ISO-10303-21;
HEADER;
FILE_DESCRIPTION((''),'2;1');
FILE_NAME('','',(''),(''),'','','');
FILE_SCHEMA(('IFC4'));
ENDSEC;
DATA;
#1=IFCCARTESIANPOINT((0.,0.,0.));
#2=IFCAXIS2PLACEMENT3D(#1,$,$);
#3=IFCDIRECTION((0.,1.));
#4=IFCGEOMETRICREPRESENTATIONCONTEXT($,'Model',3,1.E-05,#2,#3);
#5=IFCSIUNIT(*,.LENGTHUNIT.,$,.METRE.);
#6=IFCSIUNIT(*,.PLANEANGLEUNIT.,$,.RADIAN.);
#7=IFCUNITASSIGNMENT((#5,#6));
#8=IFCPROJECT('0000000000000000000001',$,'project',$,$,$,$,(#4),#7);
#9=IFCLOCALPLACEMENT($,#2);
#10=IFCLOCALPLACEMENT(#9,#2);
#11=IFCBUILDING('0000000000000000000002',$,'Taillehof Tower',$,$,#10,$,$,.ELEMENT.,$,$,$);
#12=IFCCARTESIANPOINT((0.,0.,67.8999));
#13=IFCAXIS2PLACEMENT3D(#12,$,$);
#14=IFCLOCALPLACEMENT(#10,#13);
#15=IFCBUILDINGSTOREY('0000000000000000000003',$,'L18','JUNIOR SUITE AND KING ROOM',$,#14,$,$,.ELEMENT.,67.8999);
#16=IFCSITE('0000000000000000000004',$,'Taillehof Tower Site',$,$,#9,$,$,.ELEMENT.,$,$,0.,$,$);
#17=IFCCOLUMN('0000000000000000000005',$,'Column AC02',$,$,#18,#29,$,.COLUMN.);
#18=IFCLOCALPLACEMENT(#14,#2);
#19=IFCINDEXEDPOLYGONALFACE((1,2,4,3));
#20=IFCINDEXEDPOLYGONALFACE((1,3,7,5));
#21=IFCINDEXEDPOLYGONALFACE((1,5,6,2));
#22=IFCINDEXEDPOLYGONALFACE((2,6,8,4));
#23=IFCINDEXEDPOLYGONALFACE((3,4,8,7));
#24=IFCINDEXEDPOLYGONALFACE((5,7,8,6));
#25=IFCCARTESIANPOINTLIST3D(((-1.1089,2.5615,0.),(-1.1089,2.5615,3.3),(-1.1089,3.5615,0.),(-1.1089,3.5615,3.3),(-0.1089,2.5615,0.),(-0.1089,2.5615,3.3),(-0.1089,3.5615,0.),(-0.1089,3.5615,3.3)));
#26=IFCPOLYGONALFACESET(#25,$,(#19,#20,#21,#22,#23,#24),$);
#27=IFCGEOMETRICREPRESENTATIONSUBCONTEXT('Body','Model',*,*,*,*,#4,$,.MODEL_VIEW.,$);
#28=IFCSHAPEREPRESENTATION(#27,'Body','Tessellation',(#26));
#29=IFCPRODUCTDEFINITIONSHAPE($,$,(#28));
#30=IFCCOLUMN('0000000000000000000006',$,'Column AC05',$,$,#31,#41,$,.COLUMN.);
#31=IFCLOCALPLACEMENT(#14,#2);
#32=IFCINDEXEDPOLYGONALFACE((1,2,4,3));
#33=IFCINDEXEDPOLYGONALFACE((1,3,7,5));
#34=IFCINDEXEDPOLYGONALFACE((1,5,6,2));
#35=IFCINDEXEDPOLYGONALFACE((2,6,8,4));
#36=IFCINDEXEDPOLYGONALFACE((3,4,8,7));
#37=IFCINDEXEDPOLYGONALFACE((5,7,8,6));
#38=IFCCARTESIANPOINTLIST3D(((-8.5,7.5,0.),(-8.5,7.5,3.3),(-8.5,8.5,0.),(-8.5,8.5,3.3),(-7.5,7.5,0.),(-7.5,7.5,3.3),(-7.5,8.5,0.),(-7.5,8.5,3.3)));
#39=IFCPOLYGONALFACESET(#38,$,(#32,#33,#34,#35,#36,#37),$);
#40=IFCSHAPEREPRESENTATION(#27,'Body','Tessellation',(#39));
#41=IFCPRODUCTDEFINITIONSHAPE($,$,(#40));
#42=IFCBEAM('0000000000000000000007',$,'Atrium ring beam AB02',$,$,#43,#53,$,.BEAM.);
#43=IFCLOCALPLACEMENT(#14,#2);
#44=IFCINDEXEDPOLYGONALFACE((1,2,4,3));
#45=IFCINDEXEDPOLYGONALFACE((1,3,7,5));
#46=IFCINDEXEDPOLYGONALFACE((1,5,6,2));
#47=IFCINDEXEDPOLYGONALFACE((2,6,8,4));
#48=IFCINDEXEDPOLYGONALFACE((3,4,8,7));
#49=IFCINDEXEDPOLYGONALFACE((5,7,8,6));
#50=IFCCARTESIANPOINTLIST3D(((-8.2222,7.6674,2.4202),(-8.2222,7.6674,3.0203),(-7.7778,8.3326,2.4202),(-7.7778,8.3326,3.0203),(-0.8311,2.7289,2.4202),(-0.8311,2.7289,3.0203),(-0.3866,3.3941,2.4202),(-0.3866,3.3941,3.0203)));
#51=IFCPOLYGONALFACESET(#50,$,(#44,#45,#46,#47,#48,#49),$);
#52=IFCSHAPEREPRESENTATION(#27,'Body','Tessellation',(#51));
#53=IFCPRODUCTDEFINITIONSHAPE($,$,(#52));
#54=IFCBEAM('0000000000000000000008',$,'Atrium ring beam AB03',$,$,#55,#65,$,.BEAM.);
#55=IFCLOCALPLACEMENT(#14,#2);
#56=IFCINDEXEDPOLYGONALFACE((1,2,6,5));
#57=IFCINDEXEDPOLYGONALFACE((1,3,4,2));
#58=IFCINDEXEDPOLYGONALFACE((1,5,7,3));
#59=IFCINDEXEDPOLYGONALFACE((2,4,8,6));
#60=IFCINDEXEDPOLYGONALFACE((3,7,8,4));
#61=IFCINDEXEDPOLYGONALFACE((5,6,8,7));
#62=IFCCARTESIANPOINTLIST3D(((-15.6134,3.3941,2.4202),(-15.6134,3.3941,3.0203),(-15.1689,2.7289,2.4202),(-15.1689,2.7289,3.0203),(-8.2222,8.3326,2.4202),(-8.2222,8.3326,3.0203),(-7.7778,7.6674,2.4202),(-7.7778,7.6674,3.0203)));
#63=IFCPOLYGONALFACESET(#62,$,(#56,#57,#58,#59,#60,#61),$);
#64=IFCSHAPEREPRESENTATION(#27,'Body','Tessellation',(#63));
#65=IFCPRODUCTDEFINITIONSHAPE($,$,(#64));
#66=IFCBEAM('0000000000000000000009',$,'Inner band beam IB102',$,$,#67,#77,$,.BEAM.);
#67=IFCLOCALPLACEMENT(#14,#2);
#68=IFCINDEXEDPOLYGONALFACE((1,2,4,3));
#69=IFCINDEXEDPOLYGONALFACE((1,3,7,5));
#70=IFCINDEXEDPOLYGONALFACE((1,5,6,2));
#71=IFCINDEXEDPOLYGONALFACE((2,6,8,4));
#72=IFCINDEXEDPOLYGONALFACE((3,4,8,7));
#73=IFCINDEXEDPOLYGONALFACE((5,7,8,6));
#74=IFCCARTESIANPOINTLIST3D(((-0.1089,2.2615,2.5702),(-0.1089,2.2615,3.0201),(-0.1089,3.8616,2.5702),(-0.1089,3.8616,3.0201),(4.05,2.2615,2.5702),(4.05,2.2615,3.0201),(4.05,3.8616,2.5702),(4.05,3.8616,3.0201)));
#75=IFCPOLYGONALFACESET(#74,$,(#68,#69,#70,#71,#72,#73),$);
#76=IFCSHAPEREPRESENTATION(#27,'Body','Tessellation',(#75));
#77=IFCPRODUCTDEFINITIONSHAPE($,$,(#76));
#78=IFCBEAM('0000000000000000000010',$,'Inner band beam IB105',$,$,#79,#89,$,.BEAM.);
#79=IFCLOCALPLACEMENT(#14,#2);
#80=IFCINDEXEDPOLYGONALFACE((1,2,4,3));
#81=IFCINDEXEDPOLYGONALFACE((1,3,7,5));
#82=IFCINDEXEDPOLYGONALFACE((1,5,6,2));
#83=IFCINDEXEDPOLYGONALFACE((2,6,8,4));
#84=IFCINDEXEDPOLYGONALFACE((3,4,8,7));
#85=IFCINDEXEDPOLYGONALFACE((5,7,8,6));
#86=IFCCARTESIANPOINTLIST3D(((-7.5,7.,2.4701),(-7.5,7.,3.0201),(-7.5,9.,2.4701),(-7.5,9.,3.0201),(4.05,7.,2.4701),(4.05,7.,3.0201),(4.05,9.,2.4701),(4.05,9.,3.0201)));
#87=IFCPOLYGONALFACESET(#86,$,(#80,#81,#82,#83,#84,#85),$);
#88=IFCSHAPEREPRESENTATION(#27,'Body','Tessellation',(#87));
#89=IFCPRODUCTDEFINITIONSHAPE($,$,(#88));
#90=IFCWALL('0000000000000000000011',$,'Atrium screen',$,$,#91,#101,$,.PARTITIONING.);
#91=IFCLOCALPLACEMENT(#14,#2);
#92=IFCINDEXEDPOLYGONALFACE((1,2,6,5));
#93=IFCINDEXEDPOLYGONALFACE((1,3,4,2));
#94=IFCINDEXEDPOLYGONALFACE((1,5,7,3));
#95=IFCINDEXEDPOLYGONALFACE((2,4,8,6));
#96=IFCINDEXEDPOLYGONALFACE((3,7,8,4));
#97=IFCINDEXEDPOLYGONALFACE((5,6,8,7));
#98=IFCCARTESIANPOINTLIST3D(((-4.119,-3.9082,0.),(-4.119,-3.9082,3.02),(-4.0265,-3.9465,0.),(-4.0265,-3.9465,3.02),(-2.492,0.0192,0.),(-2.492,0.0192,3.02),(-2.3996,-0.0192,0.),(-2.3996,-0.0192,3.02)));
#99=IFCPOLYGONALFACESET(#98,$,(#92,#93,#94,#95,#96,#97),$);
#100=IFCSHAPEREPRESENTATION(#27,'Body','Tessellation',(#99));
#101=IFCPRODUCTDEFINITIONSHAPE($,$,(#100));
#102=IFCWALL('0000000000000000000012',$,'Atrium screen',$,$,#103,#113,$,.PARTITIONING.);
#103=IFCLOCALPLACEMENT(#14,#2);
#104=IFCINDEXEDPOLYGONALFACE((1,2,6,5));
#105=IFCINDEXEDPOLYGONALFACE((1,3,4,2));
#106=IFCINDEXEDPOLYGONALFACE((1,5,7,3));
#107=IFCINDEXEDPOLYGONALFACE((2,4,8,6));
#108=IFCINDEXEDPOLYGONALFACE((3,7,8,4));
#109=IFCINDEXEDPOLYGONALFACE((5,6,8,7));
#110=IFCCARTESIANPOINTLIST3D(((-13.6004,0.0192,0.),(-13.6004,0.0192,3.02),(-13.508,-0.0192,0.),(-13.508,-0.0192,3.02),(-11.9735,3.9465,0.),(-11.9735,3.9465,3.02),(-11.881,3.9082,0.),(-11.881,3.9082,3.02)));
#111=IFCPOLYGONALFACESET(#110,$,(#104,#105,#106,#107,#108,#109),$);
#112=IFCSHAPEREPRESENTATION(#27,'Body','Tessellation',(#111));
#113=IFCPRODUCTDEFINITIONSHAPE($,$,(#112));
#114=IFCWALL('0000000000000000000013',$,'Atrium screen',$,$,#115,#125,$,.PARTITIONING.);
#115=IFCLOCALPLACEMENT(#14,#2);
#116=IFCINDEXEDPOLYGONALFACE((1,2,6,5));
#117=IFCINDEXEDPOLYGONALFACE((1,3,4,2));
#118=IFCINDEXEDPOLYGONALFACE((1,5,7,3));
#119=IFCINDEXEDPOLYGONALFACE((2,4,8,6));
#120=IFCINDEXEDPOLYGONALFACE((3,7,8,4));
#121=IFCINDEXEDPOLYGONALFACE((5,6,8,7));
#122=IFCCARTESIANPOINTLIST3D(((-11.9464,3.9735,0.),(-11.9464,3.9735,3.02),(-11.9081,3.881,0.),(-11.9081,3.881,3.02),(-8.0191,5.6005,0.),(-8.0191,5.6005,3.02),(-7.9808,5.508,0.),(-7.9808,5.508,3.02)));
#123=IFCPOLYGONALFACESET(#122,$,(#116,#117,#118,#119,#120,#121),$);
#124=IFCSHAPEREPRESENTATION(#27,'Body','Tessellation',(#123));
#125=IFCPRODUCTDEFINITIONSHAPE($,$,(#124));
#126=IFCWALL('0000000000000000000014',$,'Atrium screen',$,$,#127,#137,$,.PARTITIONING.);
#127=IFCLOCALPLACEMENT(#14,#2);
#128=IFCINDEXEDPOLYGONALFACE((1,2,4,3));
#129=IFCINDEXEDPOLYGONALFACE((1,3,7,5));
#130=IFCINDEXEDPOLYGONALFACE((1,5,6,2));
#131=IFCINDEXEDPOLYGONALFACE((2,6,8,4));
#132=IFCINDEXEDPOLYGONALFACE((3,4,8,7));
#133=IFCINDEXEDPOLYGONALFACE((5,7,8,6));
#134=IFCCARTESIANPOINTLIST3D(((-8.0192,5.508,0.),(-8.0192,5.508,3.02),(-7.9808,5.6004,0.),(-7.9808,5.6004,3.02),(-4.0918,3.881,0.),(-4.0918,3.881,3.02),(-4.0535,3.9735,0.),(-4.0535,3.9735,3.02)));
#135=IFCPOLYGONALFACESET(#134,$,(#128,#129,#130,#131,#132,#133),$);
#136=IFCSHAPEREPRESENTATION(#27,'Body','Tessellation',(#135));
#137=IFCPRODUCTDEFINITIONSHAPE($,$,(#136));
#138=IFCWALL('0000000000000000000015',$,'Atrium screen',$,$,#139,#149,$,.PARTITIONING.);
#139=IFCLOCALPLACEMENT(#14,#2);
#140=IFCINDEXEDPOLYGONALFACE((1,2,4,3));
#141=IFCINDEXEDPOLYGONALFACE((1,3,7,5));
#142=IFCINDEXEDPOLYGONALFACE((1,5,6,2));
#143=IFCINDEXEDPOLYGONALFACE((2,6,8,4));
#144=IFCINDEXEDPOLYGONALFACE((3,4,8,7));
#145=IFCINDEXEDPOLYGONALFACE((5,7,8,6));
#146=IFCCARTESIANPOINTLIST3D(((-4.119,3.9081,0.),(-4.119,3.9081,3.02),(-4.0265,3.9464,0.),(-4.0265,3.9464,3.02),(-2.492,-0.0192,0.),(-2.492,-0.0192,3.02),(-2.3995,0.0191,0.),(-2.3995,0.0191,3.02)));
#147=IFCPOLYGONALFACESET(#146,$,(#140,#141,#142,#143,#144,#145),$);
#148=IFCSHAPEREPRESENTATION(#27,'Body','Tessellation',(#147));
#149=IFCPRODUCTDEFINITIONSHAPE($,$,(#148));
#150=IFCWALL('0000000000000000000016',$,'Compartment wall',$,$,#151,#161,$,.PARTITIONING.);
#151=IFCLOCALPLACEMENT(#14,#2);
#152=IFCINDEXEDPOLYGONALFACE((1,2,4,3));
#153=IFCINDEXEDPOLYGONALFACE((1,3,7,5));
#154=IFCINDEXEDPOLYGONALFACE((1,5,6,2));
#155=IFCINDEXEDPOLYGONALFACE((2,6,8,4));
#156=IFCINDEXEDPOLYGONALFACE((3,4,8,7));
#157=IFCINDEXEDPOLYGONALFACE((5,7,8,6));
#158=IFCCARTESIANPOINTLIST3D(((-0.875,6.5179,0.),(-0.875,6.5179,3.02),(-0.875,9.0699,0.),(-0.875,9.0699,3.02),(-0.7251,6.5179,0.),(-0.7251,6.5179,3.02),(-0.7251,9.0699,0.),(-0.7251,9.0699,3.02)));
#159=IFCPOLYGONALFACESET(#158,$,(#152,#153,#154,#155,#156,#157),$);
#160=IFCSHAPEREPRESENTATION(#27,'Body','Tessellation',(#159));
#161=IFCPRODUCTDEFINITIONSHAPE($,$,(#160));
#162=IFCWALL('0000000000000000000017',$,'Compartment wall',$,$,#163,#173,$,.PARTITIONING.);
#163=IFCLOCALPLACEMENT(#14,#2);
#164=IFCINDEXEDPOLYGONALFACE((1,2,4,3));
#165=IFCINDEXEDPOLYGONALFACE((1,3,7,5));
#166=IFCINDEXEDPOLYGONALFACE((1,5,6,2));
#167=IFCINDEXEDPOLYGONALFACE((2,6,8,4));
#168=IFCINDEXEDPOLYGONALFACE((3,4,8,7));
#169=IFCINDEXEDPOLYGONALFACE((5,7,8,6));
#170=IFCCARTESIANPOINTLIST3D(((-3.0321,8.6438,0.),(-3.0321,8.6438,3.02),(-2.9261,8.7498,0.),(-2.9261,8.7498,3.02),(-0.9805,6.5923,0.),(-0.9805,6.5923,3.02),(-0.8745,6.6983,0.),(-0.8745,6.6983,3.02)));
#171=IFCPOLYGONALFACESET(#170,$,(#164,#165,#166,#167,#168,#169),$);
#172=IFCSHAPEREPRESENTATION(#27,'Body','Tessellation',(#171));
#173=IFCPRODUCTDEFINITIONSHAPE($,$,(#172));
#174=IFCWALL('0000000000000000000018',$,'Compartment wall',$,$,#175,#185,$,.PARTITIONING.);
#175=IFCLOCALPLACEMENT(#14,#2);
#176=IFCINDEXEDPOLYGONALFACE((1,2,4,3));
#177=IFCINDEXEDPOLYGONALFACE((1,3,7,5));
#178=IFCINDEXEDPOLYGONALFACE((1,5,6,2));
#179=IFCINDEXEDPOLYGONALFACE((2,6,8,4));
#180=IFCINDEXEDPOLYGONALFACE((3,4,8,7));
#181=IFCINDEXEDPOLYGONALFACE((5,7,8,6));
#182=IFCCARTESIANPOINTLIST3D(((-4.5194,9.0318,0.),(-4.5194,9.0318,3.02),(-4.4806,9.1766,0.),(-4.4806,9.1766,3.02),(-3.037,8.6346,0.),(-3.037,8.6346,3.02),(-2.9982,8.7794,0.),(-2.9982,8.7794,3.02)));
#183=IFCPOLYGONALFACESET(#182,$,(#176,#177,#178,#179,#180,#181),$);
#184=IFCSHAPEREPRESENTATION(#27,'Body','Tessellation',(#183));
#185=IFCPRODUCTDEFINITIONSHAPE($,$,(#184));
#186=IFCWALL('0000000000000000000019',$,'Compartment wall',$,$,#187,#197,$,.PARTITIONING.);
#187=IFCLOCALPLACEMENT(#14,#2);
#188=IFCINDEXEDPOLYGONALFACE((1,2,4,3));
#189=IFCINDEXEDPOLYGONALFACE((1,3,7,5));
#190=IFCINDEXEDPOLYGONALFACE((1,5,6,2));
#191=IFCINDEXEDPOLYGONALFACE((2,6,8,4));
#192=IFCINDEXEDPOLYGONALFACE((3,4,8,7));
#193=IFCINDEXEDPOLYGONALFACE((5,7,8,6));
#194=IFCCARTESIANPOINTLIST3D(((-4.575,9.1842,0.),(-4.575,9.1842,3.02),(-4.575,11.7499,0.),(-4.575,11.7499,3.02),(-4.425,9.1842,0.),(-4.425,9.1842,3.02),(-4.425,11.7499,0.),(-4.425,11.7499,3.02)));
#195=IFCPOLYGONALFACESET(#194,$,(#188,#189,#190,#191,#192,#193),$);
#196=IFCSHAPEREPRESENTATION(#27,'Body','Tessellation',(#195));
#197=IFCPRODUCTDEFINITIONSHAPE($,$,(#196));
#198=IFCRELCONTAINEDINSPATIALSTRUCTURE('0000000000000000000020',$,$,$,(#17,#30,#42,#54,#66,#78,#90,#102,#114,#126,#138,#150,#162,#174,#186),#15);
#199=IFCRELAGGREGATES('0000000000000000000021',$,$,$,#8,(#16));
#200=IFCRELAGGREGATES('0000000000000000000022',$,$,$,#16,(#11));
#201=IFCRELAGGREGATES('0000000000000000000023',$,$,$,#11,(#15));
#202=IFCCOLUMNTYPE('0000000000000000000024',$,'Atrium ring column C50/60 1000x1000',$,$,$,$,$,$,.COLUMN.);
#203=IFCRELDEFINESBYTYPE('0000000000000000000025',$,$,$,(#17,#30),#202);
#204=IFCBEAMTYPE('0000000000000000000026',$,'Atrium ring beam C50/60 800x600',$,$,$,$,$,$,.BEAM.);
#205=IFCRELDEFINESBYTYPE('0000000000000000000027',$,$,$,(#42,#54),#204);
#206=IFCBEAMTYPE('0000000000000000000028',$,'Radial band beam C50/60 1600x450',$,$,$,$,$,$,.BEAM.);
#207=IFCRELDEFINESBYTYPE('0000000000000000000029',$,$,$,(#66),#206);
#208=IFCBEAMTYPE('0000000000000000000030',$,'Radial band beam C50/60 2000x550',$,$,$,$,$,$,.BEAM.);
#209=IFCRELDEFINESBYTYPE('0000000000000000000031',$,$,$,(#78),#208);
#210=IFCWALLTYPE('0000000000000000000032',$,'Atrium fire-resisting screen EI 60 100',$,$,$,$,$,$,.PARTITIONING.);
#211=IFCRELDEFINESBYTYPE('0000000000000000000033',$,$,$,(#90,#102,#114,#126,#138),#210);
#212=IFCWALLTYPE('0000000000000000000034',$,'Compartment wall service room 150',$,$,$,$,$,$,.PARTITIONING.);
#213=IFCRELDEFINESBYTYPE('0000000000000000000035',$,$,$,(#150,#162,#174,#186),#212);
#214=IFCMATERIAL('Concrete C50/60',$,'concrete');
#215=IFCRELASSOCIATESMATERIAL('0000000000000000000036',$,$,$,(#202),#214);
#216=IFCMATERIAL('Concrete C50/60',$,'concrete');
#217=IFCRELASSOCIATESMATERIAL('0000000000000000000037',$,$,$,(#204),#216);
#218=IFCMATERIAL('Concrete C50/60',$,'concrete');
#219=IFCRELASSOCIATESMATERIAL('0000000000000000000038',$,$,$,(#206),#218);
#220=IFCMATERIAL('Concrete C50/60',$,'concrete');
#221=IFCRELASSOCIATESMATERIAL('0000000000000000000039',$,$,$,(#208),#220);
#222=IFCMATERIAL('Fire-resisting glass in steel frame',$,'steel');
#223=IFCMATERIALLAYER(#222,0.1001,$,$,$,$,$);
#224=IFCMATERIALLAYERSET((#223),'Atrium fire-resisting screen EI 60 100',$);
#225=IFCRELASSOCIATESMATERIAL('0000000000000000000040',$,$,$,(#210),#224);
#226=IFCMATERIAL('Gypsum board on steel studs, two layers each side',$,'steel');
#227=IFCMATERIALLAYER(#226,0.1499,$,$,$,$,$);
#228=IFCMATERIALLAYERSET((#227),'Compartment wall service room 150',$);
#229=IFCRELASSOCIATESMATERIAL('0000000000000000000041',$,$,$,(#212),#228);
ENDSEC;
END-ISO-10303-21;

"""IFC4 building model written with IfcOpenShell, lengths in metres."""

from ifc_helpers import new_model, si_unit, direction, frame, frame_2d, origin, origin_2d, place, context, subcontext, project, spatial, rectangle, extrude, material, layer, layer_set, material_profile, profile_set, type_object, element, save


model = new_model("IFC4")

# Units and contexts
model_context = context("Model", 3, precision=1e-05, world=origin(), true_north=direction((0.0, 1.0)))
body_context = subcontext(model_context, "Body", "Model", "MODEL_VIEW")
ifc_project = project(units=[si_unit("LENGTHUNIT", "METRE"), si_unit("PLANEANGLEUNIT", "RADIAN")], contexts=[model_context])

# Site, building, storey
site_placement = place(None, origin())
site = spatial("IfcSite", under=ifc_project, at=site_placement, Name="Taillehof Tower Site", CompositionType="ELEMENT", RefElevation=0.0)
building_placement = place(site_placement, origin())
building = spatial("IfcBuilding", under=site, at=building_placement, Name="Taillehof Tower", CompositionType="ELEMENT")
storey_placement = place(building_placement, frame((0.0, 0.0, 67.8999)))
storey = spatial("IfcBuildingStorey", under=building, at=storey_placement, Name="L18", Description="JUNIOR SUITE AND KING ROOM", CompositionType="ELEMENT", Elevation=67.8999)

# Columns
ifc_material_1 = material(Name="Concrete C50/60", Category="concrete")
ifc_material_profile_1 = material_profile(ifc_material_1, rectangle(XDim=1.0, YDim=1.0, at=origin_2d()), Name="RC 1000x1000")
ifc_profile_set_1 = profile_set([ifc_material_profile_1], Name="Concrete C50/60")
column_type = type_object("IfcColumnType", Name="Atrium ring column C50/60 1000x1000", PredefinedType="COLUMN", material=ifc_profile_set_1)
for number, where, z_axis, x_axis, name in (
    (1, (-0.6089, 3.0615, 0.0), (0.0, 0.0, 1.0), (1.0, 0.0, 0.0), "Column AC02"),
    (2, (-8.0, 8.0, 0.0), (0.0, 0.0, 1.0), (1.0, 0.0, 0.0), "Column AC05"),
):
    element("IfcColumn", number, at=place(storey_placement, frame(where, z_axis=z_axis, x_axis=x_axis)), inside=storey, type_object=column_type, Name=name, PredefinedType="COLUMN", context=body_context, shape_type="SweptSolid", body=[
        extrude(rectangle(XDim=1.0, YDim=1.0, at=origin_2d()), origin(), (0.0, 0.0, 1.0), 3.3),
    ])

# Beams
ifc_material_2 = material(Name="Concrete C50/60", Category="concrete")
ifc_material_profile_2 = material_profile(ifc_material_2, rectangle(XDim=0.8, YDim=0.6001, at=origin_2d()), Name="RC 800x600")
ifc_profile_set_2 = profile_set([ifc_material_profile_2], Name="Concrete C50/60")
beam_type_1 = type_object("IfcBeamType", Name="Atrium ring beam C50/60 800x600", PredefinedType="BEAM", material=ifc_profile_set_2)
for number, where, z_axis, x_axis, name in (
    (3, (-0.6089, 3.0615, 2.7202), (-0.831475, 0.555562, 0.0), (-0.555562, -0.831475, 0.0), "Atrium ring beam AB02"),
    (4, (-8.0, 8.0, 2.7202), (-0.831475, -0.555562, 0.0), (0.555562, -0.831475, 0.0), "Atrium ring beam AB03"),
):
    element("IfcBeam", number, at=place(storey_placement, frame(where, z_axis=z_axis, x_axis=x_axis)), inside=storey, type_object=beam_type_1, Name=name, PredefinedType="BEAM", context=body_context, shape_type="SweptSolid", body=[
        extrude(rectangle(XDim=0.8, YDim=0.6001, at=origin_2d()), origin(), (0.0, 0.0, 1.0), 8.8892),
    ])
ifc_material_3 = material(Name="Concrete C50/60", Category="concrete")
ifc_material_profile_3 = material_profile(ifc_material_3, rectangle(XDim=1.6001, YDim=0.45, at=origin_2d()), Name="RC 1600x450")
ifc_profile_set_3 = profile_set([ifc_material_profile_3], Name="Concrete C50/60")
beam_type_2 = type_object("IfcBeamType", Name="Radial band beam C50/60 1600x450", PredefinedType="BEAM", material=ifc_profile_set_3)
beam_1_placement = place(storey_placement, frame((-0.1089, 3.0615, 2.7952), z_axis=(1.0, 0.0, 0.0), x_axis=(0.0, 1.0, 0.0)))
element("IfcBeam", 5, at=beam_1_placement, inside=storey, type_object=beam_type_2, Name="Inner band beam IB102", PredefinedType="BEAM", context=body_context, shape_type="SweptSolid", body=[
    extrude(rectangle(XDim=1.6001, YDim=0.45, at=origin_2d()), origin(), (0.0, 0.0, 1.0), 4.1589),
])
ifc_material_4 = material(Name="Concrete C50/60", Category="concrete")
ifc_material_profile_4 = material_profile(ifc_material_4, rectangle(XDim=2.0, YDim=0.55, at=origin_2d()), Name="RC 2000x550")
ifc_profile_set_4 = profile_set([ifc_material_profile_4], Name="Concrete C50/60")
beam_type_3 = type_object("IfcBeamType", Name="Radial band beam C50/60 2000x550", PredefinedType="BEAM", material=ifc_profile_set_4)
beam_2_placement = place(storey_placement, frame((-7.5, 8.0, 2.7451), z_axis=(1.0, 0.0, 0.0), x_axis=(0.0, 1.0, 0.0)))
element("IfcBeam", 6, at=beam_2_placement, inside=storey, type_object=beam_type_3, Name="Inner band beam IB105", PredefinedType="BEAM", context=body_context, shape_type="SweptSolid", body=[
    extrude(rectangle(XDim=2.0, YDim=0.55, at=origin_2d()), origin(), (0.0, 0.0, 1.0), 11.55),
])

# Walls
ifc_material_5 = material(Name="Fire-resisting glass in steel frame", Category="steel")
ifc_layer_1 = layer(ifc_material_5, 0.1001)
ifc_layer_set_1 = layer_set([ifc_layer_1], Name="Atrium fire-resisting screen EI 60 100")
wall_type_1 = type_object("IfcWallType", Name="Atrium fire-resisting screen EI 60 100", PredefinedType="PARTITIONING", material=ifc_layer_set_1)
for number, where, z_axis, x_axis, name in (
    (7, (-2.4458, 0.0, 0.0), (0.0, 0.0, 1.0), (-0.382731, -0.92386, 0.0), "Atrium screen"),
    (8, (-13.5542, 0.0, 0.0), (0.0, 0.0, 1.0), (0.382731, 0.92386, 0.0), "Atrium screen"),
    (9, (-11.9272, 3.9272, 0.0), (0.0, 0.0, 1.0), (0.92386, 0.382731, 0.0), "Atrium screen"),
    (10, (-8.0, 5.5542, 0.0), (0.0, 0.0, 1.0), (0.92386, -0.382731, 0.0), "Atrium screen"),
    (11, (-4.0728, 3.9272, 0.0), (0.0, 0.0, 1.0), (0.382731, -0.92386, 0.0), "Atrium screen"),
):
    element("IfcWall", number, at=place(storey_placement, frame(where, z_axis=z_axis, x_axis=x_axis)), inside=storey, type_object=wall_type_1, Name=name, PredefinedType="PARTITIONING", context=body_context, shape_type="SweptSolid", body=[
        extrude(rectangle(XDim=4.251, YDim=0.1001, at=frame_2d((2.1255, 0.0))), origin(), (0.0, 0.0, 1.0), 3.02),
    ])
ifc_material_6 = material(Name="Gypsum board on steel studs, two layers each side", Category="steel")
ifc_layer_2 = layer(ifc_material_6, 0.1499)
ifc_layer_set_2 = layer_set([ifc_layer_2], Name="Compartment wall service room 150")
wall_type_2 = type_object("IfcWallType", Name="Compartment wall service room 150", PredefinedType="PARTITIONING", material=ifc_layer_set_2)
wall_1_placement = place(storey_placement, frame((-0.8, 9.0698, 0.0), z_axis=(0.0, 0.0, 1.0), x_axis=(0.0, -1.0, 0.0)))
element("IfcWall", 12, at=wall_1_placement, inside=storey, type_object=wall_type_2, Name="Compartment wall", PredefinedType="PARTITIONING", context=body_context, shape_type="SweptSolid", body=[
    extrude(rectangle(XDim=2.552, YDim=0.1499, at=frame_2d((1.2759, 0.0))), origin(), (0.0, 0.0, 1.0), 3.02),
])
wall_2_placement = place(storey_placement, frame((-0.9275, 6.6453, 0.0), z_axis=(0.0, 0.0, 1.0), x_axis=(-0.707107, 0.707107, 0.0)))
element("IfcWall", 13, at=wall_2_placement, inside=storey, type_object=wall_type_2, Name="Compartment wall", PredefinedType="PARTITIONING", context=body_context, shape_type="SweptSolid", body=[
    extrude(rectangle(XDim=2.9014, YDim=0.1499, at=frame_2d((1.4507, 0.0))), origin(), (0.0, 0.0, 1.0), 3.02),
])
wall_3_placement = place(storey_placement, frame((-3.0176, 8.707, 0.0), z_axis=(0.0, 0.0, 1.0), x_axis=(-0.965925, 0.258821, 0.0)))
element("IfcWall", 14, at=wall_3_placement, inside=storey, type_object=wall_type_2, Name="Compartment wall", PredefinedType="PARTITIONING", context=body_context, shape_type="SweptSolid", body=[
    extrude(rectangle(XDim=1.5347, YDim=0.1499, at=frame_2d((0.7673, 0.0))), origin(), (0.0, 0.0, 1.0), 3.02),
])
wall_4_placement = place(storey_placement, frame((-4.5, 9.1843, 0.0), z_axis=(0.0, 0.0, 1.0), x_axis=(0.0, 1.0, 0.0)))
element("IfcWall", 15, at=wall_4_placement, inside=storey, type_object=wall_type_2, Name="Compartment wall", PredefinedType="PARTITIONING", context=body_context, shape_type="SweptSolid", body=[
    extrude(rectangle(XDim=2.5657, YDim=0.1499, at=frame_2d((1.2827, 0.0))), origin(), (0.0, 0.0, 1.0), 3.02),
])

save(model, "model.ifc")
